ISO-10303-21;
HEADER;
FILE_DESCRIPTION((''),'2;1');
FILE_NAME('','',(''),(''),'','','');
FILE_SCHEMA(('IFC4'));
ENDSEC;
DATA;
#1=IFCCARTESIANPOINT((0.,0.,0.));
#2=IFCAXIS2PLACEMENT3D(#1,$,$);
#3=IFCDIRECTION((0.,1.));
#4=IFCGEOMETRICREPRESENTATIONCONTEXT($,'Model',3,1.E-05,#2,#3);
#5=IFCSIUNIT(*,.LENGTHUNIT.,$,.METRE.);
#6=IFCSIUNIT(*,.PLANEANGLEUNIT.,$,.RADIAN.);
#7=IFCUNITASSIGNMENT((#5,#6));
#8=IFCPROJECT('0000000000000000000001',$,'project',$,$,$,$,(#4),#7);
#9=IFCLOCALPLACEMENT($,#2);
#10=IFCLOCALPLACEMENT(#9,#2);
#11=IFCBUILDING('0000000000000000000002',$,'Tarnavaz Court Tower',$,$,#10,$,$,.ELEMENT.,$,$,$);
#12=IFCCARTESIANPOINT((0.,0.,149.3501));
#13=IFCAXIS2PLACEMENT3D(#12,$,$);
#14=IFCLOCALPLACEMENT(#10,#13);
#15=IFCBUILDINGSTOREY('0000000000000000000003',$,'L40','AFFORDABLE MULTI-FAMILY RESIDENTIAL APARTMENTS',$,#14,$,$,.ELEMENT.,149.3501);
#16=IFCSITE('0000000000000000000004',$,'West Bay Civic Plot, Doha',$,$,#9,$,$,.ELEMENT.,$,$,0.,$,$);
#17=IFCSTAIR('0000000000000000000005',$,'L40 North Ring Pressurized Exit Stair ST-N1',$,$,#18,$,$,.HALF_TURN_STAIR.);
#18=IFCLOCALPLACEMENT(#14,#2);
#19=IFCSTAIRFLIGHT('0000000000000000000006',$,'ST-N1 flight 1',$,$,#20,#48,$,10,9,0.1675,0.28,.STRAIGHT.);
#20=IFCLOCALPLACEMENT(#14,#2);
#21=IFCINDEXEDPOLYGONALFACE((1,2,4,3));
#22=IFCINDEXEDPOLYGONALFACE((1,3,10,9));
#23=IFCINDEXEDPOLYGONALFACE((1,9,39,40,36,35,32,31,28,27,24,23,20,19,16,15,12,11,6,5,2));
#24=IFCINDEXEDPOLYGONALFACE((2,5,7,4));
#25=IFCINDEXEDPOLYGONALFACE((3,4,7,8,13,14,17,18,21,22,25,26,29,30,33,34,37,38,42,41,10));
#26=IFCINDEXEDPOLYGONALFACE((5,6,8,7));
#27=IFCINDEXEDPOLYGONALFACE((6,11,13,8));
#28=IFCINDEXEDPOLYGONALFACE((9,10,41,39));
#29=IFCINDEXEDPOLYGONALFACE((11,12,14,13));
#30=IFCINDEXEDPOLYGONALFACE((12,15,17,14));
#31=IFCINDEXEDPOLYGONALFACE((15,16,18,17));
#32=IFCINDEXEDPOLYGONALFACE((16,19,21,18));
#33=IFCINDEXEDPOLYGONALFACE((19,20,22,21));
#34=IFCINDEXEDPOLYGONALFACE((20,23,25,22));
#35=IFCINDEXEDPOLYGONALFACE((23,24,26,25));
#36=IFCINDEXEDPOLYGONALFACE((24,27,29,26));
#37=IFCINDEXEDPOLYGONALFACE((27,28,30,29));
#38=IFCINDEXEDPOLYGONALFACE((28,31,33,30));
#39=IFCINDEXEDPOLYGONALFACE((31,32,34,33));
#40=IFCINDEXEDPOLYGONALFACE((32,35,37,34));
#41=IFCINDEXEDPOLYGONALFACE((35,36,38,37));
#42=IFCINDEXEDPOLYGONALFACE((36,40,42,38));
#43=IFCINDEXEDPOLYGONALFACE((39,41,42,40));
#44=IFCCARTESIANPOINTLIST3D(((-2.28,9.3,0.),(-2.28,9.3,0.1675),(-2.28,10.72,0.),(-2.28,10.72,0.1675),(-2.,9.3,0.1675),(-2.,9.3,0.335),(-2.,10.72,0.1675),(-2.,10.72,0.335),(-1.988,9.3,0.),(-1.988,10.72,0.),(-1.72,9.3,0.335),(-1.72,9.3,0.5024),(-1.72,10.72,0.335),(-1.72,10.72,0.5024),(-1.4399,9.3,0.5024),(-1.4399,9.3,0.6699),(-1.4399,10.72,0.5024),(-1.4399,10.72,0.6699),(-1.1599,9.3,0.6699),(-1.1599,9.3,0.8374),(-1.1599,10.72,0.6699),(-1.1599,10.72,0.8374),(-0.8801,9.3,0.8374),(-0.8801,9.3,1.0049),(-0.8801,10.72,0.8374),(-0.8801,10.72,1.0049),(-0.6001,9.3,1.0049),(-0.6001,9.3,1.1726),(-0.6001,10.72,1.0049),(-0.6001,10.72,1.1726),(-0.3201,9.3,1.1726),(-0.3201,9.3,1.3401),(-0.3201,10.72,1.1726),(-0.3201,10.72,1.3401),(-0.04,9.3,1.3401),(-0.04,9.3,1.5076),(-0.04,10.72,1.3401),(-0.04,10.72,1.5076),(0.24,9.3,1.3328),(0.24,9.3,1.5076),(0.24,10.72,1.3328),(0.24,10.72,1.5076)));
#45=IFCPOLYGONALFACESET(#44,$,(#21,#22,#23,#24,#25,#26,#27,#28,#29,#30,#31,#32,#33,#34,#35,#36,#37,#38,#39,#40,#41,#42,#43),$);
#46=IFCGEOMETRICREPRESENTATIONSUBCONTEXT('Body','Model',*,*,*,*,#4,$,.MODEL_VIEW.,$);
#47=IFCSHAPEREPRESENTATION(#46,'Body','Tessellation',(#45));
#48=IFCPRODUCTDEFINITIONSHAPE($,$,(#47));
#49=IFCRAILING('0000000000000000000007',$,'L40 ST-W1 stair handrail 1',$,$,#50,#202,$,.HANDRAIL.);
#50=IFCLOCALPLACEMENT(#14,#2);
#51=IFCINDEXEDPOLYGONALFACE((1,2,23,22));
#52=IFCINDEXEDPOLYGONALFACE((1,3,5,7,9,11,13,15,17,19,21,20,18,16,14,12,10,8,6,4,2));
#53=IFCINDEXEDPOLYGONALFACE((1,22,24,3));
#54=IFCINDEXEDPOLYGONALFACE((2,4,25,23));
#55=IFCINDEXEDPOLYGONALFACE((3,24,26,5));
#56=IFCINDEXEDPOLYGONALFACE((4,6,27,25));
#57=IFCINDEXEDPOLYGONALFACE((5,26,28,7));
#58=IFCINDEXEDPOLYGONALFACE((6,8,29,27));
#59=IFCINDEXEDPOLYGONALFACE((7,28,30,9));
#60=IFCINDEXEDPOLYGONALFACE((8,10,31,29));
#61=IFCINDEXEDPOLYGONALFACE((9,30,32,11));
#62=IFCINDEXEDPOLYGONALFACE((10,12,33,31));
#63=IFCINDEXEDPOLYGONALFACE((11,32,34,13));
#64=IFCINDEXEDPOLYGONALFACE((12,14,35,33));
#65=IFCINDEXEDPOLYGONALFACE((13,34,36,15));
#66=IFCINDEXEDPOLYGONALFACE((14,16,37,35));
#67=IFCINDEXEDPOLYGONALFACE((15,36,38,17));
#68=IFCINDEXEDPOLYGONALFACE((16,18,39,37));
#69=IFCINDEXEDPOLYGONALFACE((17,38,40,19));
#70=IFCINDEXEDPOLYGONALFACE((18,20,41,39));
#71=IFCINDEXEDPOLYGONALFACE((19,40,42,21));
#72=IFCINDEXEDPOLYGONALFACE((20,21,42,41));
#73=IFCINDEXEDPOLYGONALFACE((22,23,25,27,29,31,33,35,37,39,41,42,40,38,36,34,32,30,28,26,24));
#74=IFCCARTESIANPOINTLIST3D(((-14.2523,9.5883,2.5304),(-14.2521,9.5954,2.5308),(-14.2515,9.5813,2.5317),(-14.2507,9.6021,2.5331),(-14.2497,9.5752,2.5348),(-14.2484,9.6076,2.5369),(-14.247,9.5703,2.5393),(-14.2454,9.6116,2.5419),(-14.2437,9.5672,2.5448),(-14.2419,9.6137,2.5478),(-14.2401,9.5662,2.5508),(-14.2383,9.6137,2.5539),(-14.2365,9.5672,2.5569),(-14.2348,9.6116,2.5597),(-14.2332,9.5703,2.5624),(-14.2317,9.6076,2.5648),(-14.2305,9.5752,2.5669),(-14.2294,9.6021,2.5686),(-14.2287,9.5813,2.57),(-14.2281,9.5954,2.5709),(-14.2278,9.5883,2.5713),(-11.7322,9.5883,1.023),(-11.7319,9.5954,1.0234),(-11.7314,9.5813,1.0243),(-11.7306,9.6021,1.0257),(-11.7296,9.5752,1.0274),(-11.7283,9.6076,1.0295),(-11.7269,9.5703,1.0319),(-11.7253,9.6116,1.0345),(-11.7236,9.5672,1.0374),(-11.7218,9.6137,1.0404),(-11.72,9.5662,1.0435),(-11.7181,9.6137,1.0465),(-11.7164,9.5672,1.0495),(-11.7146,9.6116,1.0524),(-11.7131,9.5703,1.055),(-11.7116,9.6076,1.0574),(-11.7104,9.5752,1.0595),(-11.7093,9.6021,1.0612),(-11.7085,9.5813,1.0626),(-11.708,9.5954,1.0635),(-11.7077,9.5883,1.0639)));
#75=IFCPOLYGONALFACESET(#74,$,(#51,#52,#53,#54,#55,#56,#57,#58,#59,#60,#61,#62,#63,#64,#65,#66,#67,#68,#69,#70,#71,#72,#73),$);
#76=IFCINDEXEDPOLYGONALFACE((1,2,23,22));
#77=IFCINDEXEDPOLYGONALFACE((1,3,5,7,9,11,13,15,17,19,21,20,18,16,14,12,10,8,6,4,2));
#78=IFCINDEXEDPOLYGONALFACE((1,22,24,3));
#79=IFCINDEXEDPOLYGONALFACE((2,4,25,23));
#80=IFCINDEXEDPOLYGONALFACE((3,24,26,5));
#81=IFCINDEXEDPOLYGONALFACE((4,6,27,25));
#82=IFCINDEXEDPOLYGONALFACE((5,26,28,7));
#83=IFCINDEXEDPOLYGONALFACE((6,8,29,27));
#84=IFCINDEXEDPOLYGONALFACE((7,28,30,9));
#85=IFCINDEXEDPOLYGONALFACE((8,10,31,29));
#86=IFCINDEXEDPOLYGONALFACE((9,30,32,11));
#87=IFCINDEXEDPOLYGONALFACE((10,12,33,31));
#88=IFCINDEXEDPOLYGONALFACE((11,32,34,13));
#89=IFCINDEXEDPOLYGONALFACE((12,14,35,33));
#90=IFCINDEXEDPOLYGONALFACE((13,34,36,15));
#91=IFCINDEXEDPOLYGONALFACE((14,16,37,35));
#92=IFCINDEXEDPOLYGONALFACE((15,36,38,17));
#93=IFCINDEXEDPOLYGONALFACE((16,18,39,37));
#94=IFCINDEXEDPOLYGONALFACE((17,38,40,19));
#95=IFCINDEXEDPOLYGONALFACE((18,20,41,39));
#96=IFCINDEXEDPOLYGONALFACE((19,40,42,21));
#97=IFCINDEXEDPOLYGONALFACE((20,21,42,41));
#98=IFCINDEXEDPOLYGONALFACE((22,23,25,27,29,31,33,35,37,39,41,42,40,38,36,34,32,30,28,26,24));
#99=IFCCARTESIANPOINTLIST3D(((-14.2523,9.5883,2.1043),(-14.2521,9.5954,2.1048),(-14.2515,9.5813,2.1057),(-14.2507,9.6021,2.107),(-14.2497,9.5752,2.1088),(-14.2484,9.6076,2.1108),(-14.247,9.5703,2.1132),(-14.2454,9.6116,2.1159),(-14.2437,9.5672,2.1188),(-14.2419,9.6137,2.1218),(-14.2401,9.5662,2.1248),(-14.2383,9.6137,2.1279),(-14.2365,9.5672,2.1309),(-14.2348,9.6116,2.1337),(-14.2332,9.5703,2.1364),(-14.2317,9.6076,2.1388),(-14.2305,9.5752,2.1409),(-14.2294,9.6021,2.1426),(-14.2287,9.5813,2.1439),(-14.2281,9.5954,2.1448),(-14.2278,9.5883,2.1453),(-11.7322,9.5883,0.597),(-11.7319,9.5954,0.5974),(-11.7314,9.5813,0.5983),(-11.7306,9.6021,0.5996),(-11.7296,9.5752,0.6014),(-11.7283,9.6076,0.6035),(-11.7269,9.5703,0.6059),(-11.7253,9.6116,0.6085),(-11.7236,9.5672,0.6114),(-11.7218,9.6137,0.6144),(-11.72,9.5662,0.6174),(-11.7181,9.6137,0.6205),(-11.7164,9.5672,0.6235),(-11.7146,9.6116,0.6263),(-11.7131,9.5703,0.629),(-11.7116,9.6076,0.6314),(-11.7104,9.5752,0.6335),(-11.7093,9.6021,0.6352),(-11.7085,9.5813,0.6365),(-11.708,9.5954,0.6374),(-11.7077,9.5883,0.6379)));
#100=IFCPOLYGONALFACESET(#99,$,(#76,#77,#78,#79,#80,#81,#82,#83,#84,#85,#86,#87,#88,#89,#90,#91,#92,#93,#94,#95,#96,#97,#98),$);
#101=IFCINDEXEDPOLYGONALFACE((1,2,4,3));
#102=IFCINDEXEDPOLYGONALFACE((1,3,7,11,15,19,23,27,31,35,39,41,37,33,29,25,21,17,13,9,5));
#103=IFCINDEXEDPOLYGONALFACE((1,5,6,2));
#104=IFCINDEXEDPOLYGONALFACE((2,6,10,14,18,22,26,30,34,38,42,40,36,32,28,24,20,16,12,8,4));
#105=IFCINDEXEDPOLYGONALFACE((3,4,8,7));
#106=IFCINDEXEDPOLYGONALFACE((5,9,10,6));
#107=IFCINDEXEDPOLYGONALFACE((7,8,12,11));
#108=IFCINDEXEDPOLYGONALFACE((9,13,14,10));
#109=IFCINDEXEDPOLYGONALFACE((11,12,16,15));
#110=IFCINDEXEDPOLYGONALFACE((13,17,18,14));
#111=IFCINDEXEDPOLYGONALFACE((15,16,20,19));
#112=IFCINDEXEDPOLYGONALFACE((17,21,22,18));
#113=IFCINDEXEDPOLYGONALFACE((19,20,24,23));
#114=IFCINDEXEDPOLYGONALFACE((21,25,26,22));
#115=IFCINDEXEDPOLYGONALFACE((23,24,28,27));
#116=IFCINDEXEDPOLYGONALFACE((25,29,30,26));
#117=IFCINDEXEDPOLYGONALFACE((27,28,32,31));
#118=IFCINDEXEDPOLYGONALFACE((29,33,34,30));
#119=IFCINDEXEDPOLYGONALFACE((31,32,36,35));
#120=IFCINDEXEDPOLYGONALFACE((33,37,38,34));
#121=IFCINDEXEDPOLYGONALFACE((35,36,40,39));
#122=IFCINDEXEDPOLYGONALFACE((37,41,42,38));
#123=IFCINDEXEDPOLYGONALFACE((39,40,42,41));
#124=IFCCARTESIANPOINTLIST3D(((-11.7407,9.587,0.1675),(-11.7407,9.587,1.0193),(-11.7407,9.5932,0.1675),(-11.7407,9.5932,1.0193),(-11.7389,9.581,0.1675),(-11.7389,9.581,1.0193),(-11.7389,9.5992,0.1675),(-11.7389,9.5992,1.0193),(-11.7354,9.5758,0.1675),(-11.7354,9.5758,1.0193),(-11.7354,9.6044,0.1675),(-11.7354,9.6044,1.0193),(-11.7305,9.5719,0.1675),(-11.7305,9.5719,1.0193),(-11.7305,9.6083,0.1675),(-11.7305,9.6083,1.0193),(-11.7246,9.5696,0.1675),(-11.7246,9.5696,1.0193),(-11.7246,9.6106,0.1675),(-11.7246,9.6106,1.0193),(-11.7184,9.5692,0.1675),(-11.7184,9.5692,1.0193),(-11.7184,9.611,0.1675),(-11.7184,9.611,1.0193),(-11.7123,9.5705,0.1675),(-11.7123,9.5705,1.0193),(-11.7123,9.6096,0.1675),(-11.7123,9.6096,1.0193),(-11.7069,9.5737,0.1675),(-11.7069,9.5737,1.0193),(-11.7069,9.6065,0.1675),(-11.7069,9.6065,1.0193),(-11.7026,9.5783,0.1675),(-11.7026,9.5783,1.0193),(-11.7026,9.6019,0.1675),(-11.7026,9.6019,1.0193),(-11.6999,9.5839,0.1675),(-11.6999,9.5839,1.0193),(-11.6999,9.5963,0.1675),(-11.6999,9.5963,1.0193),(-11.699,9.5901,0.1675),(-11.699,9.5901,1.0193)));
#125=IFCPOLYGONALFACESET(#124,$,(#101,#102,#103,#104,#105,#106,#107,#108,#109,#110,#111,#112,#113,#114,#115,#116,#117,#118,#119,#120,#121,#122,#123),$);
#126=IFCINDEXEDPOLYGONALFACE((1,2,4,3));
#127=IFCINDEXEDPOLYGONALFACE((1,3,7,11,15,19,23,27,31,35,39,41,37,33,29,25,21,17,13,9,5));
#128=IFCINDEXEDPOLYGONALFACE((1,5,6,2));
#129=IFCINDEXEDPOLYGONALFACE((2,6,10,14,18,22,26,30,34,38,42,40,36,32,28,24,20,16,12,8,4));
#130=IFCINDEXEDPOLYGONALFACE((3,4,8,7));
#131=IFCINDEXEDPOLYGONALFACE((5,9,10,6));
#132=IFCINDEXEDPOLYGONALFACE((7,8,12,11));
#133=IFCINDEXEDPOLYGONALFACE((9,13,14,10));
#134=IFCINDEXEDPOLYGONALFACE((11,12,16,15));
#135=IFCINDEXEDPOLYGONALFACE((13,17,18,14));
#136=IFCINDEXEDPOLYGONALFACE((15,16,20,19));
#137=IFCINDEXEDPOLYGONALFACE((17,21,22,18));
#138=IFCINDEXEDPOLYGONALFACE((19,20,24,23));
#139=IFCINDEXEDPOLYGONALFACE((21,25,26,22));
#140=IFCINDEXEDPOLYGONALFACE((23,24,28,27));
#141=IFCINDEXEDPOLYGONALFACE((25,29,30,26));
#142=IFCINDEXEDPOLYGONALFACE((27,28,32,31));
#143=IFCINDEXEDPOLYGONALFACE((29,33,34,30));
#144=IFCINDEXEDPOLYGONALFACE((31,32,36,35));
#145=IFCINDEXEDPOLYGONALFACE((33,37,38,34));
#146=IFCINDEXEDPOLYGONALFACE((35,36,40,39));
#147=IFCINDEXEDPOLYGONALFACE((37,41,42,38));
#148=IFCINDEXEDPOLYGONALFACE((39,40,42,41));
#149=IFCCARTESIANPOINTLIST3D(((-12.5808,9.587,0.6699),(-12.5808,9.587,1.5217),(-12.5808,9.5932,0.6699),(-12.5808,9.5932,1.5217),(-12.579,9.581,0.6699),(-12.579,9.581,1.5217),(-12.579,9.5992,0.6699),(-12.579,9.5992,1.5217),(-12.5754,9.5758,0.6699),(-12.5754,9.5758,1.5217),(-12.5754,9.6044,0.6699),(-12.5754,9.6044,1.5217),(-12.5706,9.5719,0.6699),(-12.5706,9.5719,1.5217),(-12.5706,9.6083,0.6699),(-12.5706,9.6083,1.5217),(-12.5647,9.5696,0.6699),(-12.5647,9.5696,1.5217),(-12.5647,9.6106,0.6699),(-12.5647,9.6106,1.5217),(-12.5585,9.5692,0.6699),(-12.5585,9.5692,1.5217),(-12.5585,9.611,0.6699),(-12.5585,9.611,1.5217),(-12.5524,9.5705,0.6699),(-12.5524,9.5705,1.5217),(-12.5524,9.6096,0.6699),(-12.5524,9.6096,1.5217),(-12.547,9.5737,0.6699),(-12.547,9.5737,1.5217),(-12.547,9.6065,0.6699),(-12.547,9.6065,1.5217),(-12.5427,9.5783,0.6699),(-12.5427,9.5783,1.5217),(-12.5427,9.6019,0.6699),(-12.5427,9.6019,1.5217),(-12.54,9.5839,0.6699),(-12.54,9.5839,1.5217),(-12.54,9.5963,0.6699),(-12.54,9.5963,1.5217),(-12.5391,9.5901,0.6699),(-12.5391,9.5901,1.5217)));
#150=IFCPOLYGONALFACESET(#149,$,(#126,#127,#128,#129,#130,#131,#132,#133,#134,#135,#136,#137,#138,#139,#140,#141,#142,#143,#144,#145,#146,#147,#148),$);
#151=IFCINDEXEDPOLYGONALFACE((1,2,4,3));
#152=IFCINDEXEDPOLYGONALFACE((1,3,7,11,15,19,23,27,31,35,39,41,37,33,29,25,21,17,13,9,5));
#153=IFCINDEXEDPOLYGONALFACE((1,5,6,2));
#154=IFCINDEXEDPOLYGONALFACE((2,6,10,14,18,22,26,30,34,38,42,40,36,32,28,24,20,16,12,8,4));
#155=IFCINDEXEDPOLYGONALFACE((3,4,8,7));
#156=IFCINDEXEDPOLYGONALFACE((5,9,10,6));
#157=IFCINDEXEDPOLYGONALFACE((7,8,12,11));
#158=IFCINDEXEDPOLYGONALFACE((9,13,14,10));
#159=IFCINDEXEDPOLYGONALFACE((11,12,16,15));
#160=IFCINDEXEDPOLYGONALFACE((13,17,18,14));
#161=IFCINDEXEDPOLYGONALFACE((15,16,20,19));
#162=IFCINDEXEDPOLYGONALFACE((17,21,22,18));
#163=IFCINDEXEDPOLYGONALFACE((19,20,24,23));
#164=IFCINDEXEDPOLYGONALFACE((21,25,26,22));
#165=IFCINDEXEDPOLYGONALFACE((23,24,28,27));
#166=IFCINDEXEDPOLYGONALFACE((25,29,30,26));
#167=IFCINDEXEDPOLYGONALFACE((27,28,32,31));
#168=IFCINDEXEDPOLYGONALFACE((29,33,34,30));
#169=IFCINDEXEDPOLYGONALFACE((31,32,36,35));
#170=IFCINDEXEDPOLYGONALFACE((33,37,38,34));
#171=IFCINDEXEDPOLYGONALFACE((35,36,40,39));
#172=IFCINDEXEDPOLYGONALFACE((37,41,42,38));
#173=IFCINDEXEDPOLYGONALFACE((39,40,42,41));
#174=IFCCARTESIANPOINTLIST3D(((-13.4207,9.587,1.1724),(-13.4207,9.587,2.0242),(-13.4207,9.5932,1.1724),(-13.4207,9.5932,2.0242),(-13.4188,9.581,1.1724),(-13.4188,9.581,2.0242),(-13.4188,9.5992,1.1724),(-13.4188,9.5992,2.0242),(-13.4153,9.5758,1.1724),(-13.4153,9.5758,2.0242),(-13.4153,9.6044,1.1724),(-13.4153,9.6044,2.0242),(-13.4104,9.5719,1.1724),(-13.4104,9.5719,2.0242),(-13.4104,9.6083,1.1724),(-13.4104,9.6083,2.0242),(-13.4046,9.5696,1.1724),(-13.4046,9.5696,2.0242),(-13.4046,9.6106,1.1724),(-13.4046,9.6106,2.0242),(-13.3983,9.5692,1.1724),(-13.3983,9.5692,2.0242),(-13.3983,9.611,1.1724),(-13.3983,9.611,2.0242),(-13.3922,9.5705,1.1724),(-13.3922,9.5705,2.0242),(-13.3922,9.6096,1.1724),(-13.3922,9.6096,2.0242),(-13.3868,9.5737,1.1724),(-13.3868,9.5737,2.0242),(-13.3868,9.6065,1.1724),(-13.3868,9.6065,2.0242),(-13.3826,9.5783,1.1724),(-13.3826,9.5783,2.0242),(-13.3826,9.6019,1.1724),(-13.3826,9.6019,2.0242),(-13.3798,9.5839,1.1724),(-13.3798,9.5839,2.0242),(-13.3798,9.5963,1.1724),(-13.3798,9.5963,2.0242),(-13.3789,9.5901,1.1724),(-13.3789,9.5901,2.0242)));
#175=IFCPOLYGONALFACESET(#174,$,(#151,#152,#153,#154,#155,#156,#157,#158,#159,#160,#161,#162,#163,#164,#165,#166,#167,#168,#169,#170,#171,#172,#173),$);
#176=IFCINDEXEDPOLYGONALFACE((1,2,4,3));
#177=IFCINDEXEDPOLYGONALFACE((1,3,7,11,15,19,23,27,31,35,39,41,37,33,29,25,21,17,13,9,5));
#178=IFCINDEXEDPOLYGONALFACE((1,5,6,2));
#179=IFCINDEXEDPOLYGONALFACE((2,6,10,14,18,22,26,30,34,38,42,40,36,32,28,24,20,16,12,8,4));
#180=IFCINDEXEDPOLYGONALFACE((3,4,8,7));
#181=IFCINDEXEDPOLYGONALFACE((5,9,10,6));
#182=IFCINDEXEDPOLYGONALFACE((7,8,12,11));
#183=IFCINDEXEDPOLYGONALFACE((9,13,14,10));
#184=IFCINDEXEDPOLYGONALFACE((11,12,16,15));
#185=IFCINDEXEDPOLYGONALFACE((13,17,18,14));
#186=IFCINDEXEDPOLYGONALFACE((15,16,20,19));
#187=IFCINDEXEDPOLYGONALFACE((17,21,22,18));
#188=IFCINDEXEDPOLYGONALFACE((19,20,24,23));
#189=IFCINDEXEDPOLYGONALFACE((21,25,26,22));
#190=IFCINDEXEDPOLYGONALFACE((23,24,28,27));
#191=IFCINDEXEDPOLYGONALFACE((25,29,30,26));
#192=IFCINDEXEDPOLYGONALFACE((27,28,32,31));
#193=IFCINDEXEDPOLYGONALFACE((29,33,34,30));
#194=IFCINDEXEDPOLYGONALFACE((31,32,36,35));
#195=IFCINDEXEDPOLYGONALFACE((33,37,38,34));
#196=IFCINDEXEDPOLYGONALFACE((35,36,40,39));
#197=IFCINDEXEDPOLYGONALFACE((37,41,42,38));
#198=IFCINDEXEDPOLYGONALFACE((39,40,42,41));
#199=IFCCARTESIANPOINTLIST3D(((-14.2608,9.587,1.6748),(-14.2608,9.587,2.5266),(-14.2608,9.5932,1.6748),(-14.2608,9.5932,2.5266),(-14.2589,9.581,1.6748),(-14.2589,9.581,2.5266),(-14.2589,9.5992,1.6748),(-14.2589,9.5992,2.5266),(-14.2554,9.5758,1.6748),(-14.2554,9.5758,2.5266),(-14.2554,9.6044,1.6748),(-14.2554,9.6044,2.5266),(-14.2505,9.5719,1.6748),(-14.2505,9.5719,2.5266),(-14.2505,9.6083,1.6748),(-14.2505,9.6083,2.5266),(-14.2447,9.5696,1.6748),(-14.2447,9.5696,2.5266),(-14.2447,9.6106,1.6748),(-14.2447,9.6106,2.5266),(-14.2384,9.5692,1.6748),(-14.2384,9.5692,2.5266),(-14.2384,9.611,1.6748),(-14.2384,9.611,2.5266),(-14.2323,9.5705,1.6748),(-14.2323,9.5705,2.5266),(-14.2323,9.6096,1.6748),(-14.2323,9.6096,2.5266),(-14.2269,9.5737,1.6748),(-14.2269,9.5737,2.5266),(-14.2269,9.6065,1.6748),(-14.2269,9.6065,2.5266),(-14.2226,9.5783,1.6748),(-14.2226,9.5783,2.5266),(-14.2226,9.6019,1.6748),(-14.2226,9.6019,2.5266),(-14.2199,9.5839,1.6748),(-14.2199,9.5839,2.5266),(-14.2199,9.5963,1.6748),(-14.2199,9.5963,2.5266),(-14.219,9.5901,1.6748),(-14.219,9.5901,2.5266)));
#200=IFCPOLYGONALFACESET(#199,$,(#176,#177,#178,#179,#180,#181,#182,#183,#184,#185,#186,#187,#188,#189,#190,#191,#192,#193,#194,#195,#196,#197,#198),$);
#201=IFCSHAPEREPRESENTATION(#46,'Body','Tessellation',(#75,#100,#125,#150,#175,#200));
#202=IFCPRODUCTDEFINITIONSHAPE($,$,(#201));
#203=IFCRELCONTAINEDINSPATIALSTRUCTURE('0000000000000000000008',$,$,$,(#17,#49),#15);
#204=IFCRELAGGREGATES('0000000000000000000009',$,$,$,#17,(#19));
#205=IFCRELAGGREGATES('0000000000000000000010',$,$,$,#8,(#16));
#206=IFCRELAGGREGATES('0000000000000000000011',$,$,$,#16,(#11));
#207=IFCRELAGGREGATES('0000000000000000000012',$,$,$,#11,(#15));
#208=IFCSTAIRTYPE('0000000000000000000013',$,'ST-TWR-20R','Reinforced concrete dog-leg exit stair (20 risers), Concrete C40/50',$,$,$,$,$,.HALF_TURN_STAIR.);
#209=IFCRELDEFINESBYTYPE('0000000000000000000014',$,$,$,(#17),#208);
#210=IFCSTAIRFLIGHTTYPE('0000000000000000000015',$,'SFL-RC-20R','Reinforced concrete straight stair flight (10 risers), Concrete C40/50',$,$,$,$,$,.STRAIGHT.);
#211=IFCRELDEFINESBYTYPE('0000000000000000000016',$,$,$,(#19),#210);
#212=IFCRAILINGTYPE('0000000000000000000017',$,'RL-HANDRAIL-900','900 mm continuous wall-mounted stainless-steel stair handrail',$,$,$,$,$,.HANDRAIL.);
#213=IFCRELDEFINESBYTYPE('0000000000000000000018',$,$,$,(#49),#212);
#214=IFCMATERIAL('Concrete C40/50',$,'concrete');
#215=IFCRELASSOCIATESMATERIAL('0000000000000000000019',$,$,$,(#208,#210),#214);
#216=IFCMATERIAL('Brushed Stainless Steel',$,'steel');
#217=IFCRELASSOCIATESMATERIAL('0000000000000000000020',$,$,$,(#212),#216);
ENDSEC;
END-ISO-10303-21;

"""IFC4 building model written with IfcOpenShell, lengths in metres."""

from ifc_helpers import new_model, si_unit, direction, frame, origin, origin_2d, place, context, subcontext, project, spatial, polyline, circle, outline, extrude, material, type_object, element, aggregate, save


model = new_model("IFC4")

# Units and contexts
model_context = context("Model", 3, precision=1e-05, world=origin(), true_north=direction((0.0, 1.0)))
body_context = subcontext(model_context, "Body", "Model", "MODEL_VIEW")
ifc_project = project(units=[si_unit("LENGTHUNIT", "METRE"), si_unit("PLANEANGLEUNIT", "RADIAN")], contexts=[model_context])

# Site, building, storey
site_placement = place(None, origin())
site = spatial("IfcSite", under=ifc_project, at=site_placement, Name="West Bay Civic Plot, Doha", CompositionType="ELEMENT", RefElevation=0.0)
building_placement = place(site_placement, origin())
building = spatial("IfcBuilding", under=site, at=building_placement, Name="Tarnavaz Court Tower", CompositionType="ELEMENT")
storey_placement = place(building_placement, frame((0.0, 0.0, 149.3501)))
storey = spatial("IfcBuildingStorey", under=building, at=storey_placement, Name="L40", Description="AFFORDABLE MULTI-FAMILY RESIDENTIAL APARTMENTS", CompositionType="ELEMENT", Elevation=149.3501)

# Stair, stair flight
ifc_material_1 = material(Name="Concrete C40/50", Category="concrete")
stair_type = type_object("IfcStairType", Name="ST-TWR-20R", Description="Reinforced concrete dog-leg exit stair (20 risers), Concrete C40/50", PredefinedType="HALF_TURN_STAIR", material=ifc_material_1)
stair_flight_type = type_object("IfcStairFlightType", Name="SFL-RC-20R", Description="Reinforced concrete straight stair flight (10 risers), Concrete C40/50", PredefinedType="STRAIGHT", material=ifc_material_1)
stair_1_placement = place(storey_placement, origin())
stair_1 = element("IfcStair", 1, at=stair_1_placement, inside=storey, type_object=stair_type, Name="L40 North Ring Pressurized Exit Stair ST-N1", PredefinedType="HALF_TURN_STAIR")
stair_flight_1_placement = place(storey_placement, frame((-2.28, 10.01, 0.0), z_axis=(0.0, 0.0, 1.0), x_axis=(1.0, 0.0, 0.0)))
stair_flight_1 = element("IfcStairFlight", 2, at=stair_flight_1_placement, type_object=stair_flight_type, Name="ST-N1 flight 1", NumberOfRisers=10, NumberOfTreads=9, PredefinedType="STRAIGHT", RiserHeight=0.1675, TreadLength=0.28, context=body_context, shape_type="SweptSolid", body=[
    extrude(outline(polyline([(0.0, 0.0), (0.0, 0.1675), (0.28, 0.1675), (0.28, 0.335), (0.5601, 0.335), (0.5601, 0.5024), (0.8401, 0.5024), (0.8401, 0.6699), (1.1201, 0.6699), (1.1201, 0.8374), (1.3999, 0.8374), (1.3999, 1.0049), (1.6799, 1.0049), (1.6799, 1.1726), (1.96, 1.1726), (1.96, 1.3401), (2.24, 1.3401), (2.24, 1.5076), (2.52, 1.5076), (2.52, 1.675), (2.52, 1.3328), (0.292, 0.0), (0.0, 0.0)])), frame((0.0, 0.71, 0.0), z_axis=(0.0, -1.0, 0.0), x_axis=(1.0, 0.0, 0.0)), (0.0, 0.0, 1.0), 1.4199),
])
aggregate(stair_1, [stair_flight_1])

# Railing
ifc_material_2 = material(Name="Brushed Stainless Steel", Category="steel")
railing_type_1 = type_object("IfcRailingType", Name="RL-HANDRAIL-900", Description="900 mm continuous wall-mounted stainless-steel stair handrail", PredefinedType="HANDRAIL", material=ifc_material_2)
railing_1_placement = place(storey_placement, frame((-11.72, 9.5901, 0.1675)))
element("IfcRailing", 3, at=railing_1_placement, inside=storey, type_object=railing_type_1, Name="L40 ST-W1 stair handrail 1", PredefinedType="HANDRAIL", context=body_context, shape_type="SweptSolid", body=[
    extrude(circle(Radius=0.0239, at=origin_2d()), frame((0.0, 0.0, 0.876), z_axis=(-0.858196, 0.0, 0.513321), x_axis=(0.0, -1.0, 0.0)), (0.0, 0.0, 1.0), 2.9365),
    extrude(circle(Radius=0.0239, at=origin_2d()), frame((0.0, 0.0, 0.45), z_axis=(-0.858196, 0.0, 0.513321), x_axis=(0.0, -1.0, 0.0)), (0.0, 0.0, 1.0), 2.9365),
    extrude(circle(Radius=0.021, at=origin_2d()), origin(), (0.0, 0.0, 1.0), 0.8518),
    extrude(circle(Radius=0.021, at=origin_2d()), frame((-0.8401, 0.0, 0.5024)), (0.0, 0.0, 1.0), 0.8518),
    extrude(circle(Radius=0.021, at=origin_2d()), frame((-1.6799, 0.0, 1.0049)), (0.0, 0.0, 1.0), 0.8518),
    extrude(circle(Radius=0.021, at=origin_2d()), frame((-2.52, 0.0, 1.5073)), (0.0, 0.0, 1.0), 0.8518),
])

save(model, "model.ifc")
